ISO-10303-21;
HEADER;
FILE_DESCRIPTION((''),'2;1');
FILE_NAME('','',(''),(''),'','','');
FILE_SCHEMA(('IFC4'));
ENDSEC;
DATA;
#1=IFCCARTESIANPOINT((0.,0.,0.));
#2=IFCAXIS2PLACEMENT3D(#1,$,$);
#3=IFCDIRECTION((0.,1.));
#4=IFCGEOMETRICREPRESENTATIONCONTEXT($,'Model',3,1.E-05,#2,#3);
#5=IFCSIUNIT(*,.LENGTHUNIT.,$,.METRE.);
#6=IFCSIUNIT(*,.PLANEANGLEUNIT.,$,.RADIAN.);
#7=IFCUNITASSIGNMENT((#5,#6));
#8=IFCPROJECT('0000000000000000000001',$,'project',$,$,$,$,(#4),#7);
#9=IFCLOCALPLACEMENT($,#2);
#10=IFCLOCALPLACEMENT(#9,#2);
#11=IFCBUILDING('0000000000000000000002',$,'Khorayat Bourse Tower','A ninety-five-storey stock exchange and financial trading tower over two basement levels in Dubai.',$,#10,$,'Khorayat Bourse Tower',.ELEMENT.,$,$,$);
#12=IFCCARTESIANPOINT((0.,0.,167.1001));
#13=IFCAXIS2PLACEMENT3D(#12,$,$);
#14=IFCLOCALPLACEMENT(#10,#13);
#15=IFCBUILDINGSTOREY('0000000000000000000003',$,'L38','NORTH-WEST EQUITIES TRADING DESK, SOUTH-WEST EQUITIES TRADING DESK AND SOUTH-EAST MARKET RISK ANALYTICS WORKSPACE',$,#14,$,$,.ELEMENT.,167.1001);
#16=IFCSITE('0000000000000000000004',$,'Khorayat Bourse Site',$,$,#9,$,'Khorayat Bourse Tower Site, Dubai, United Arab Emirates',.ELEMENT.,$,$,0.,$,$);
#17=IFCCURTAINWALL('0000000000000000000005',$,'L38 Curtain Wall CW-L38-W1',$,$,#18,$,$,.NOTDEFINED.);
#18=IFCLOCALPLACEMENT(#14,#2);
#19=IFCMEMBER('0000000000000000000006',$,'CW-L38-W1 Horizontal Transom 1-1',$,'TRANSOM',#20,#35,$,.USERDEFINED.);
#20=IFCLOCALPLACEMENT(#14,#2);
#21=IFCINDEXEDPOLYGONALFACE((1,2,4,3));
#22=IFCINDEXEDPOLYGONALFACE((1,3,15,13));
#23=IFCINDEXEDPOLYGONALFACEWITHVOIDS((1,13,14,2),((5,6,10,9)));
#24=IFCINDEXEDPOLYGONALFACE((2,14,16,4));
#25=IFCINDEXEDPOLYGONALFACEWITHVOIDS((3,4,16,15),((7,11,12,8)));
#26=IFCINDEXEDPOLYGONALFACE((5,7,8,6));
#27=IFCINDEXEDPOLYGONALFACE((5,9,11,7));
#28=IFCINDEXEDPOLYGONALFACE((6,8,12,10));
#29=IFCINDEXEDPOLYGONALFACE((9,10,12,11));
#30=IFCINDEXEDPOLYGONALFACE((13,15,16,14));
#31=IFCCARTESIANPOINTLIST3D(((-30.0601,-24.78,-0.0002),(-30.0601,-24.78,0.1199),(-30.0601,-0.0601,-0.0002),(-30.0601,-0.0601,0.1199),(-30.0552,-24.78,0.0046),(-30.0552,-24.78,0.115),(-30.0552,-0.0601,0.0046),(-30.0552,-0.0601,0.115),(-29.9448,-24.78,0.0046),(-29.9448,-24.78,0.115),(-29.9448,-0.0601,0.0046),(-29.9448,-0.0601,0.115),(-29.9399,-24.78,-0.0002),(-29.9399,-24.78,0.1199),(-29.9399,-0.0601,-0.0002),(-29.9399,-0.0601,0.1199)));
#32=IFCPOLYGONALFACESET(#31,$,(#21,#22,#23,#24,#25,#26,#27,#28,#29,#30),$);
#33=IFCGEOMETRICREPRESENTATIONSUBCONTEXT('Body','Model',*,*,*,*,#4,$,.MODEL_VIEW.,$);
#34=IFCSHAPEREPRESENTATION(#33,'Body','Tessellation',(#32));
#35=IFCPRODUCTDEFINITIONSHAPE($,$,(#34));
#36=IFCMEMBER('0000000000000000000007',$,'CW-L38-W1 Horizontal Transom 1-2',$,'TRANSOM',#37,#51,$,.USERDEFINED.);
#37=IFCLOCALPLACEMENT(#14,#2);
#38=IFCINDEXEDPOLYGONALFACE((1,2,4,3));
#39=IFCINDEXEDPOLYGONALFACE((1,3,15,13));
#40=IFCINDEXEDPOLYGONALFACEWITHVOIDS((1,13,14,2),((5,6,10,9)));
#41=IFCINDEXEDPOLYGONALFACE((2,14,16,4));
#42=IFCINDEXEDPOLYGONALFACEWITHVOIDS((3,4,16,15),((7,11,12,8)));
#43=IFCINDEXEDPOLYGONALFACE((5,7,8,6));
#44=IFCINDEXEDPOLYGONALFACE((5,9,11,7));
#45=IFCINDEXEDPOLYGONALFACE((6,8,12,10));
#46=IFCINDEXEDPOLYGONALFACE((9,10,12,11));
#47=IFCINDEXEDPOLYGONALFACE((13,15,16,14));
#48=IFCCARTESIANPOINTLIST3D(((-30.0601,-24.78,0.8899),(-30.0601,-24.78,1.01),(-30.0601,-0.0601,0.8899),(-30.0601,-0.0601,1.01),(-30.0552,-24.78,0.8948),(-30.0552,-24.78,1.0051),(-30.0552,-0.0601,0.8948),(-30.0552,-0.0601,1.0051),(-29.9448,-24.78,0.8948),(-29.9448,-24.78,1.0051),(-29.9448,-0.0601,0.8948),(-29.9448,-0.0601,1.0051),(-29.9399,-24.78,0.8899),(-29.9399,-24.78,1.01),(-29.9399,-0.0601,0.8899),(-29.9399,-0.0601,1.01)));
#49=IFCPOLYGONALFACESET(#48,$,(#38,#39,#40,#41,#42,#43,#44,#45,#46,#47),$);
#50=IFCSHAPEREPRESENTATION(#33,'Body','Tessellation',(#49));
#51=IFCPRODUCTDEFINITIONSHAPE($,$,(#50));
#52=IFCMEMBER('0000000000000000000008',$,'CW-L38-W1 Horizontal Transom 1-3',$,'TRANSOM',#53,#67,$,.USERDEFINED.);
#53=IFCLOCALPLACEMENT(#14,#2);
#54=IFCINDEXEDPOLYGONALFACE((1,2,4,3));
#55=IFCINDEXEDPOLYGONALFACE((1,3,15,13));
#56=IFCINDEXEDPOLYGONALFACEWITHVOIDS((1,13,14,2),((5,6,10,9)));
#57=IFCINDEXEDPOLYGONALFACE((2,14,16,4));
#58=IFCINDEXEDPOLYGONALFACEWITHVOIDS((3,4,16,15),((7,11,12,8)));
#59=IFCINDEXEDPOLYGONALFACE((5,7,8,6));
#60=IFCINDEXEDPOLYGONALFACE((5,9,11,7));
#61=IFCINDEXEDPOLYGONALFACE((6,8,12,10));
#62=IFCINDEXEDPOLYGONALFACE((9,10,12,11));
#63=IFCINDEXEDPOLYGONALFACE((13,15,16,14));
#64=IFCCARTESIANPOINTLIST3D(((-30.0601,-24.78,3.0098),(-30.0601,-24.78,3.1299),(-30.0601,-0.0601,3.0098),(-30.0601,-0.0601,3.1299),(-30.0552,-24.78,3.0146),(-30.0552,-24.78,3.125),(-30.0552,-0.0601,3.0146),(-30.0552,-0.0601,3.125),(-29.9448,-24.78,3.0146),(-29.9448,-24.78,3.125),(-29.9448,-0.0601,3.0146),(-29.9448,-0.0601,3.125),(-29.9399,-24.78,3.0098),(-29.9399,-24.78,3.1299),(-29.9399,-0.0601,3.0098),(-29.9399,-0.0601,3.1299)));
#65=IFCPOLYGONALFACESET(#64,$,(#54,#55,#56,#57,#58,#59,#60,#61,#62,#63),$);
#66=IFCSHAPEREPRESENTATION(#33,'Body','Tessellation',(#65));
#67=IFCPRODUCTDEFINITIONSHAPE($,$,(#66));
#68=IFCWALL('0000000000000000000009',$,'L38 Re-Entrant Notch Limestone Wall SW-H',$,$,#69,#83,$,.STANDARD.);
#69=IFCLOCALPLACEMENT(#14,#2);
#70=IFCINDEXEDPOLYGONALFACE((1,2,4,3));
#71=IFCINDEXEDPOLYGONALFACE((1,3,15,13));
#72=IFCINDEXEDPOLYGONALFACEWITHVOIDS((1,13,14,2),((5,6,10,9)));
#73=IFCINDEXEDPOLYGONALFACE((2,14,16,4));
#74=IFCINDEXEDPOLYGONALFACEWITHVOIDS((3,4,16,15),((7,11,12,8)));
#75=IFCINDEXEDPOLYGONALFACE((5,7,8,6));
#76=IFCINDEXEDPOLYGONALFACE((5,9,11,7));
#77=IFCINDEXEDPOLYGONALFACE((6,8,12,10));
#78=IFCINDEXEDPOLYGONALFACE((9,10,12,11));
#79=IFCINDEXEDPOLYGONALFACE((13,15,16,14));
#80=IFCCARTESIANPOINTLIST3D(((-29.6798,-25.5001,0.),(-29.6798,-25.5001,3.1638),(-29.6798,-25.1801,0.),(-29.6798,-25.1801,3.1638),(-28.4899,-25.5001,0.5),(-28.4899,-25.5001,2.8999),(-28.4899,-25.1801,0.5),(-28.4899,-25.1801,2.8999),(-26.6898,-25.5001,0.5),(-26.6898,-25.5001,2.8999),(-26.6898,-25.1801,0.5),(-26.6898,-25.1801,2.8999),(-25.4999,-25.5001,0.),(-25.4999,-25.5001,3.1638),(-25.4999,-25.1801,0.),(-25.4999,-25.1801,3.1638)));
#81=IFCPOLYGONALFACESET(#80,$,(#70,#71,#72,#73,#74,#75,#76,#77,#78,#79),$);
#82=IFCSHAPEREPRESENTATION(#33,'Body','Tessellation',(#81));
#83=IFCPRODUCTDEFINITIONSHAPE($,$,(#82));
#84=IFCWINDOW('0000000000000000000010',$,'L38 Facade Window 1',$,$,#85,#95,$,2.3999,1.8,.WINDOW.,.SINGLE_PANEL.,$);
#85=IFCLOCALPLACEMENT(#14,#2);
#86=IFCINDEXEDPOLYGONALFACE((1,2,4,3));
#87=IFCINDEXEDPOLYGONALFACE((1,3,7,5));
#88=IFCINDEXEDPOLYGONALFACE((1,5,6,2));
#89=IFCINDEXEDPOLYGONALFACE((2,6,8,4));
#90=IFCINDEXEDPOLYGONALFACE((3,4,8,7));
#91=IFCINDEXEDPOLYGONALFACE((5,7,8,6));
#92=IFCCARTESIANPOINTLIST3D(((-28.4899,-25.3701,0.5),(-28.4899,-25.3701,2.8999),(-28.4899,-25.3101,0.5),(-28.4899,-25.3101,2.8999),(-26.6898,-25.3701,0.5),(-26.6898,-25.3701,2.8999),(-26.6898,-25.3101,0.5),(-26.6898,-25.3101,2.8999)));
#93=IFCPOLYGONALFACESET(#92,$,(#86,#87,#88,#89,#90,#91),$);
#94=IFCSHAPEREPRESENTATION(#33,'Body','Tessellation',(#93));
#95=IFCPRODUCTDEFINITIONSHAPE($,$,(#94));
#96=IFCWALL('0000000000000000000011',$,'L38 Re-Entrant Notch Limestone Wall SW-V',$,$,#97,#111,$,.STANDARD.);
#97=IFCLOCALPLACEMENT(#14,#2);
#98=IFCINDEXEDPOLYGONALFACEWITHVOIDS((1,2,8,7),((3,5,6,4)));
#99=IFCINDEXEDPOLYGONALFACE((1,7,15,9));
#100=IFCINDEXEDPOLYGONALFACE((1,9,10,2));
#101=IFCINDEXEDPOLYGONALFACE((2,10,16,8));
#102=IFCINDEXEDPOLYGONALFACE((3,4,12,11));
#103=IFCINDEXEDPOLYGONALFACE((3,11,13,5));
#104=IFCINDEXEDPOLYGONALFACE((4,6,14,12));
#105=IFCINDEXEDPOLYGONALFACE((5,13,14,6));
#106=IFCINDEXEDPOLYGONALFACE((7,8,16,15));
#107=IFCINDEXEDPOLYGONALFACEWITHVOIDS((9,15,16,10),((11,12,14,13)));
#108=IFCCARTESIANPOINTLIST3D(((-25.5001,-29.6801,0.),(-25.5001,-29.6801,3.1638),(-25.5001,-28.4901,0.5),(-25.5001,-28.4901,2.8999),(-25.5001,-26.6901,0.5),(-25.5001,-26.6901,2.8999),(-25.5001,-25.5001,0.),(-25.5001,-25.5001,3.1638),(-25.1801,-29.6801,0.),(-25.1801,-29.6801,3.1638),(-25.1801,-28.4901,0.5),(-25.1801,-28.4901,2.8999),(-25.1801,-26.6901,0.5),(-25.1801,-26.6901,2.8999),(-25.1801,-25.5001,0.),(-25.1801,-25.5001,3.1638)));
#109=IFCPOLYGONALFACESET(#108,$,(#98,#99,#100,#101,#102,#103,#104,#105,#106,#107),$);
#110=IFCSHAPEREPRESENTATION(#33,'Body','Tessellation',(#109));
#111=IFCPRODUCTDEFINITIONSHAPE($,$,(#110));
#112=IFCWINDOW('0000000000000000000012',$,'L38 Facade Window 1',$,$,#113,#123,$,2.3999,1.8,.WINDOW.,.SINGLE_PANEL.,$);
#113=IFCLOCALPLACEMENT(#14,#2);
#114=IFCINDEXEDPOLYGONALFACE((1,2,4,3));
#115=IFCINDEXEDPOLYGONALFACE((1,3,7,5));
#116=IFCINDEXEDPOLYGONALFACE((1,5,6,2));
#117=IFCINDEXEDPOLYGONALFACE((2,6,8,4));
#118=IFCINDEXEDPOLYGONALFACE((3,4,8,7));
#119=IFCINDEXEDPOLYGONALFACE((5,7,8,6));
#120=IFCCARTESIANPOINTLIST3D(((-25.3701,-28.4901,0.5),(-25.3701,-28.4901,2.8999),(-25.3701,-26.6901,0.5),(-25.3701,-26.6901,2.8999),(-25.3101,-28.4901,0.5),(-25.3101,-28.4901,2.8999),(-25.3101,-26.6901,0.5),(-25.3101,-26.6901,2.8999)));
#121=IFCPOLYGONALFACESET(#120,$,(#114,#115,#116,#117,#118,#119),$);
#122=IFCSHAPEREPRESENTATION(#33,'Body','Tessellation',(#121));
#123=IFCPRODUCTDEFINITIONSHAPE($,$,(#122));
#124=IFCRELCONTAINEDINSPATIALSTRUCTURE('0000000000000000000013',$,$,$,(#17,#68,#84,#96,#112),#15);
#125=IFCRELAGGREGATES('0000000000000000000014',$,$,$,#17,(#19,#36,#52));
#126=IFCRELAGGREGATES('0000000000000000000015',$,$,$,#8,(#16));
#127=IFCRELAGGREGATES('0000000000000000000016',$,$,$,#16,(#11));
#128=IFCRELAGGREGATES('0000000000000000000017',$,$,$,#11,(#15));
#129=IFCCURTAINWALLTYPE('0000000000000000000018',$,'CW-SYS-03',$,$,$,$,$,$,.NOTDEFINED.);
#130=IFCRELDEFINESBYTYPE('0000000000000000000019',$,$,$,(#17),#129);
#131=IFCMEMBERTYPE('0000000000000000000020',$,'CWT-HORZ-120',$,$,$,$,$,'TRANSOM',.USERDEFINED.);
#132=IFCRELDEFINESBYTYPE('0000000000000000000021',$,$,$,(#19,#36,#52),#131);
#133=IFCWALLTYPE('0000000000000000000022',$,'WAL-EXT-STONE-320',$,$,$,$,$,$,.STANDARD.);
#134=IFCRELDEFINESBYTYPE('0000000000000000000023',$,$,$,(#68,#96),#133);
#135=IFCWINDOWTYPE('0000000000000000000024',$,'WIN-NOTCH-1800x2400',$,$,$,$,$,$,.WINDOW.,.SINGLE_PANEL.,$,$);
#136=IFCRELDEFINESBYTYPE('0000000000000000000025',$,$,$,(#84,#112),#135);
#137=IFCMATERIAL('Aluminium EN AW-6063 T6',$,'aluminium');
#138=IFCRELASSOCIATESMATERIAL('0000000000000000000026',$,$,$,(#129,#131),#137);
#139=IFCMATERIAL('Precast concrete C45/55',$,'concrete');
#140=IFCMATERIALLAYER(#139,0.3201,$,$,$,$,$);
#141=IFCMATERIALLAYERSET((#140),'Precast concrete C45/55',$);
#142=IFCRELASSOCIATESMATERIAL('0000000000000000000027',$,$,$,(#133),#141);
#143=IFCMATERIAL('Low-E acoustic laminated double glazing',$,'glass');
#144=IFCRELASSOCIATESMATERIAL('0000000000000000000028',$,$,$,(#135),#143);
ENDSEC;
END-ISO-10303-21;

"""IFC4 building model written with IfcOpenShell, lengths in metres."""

from ifc_helpers import new_model, si_unit, direction, frame, frame_2d, origin, origin_2d, place, context, subcontext, project, spatial, rectangle, hollow_rectangle, extrude, source, transform, mapped, material, layer, layer_set, material_profile, profile_set, type_object, element, fill, aggregate, save


model = new_model("IFC4")

# Units and contexts
model_context = context("Model", 3, precision=1e-05, world=origin(), true_north=direction((0.0, 1.0)))
body_context = subcontext(model_context, "Body", "Model", "MODEL_VIEW")
ifc_project = project(units=[si_unit("LENGTHUNIT", "METRE"), si_unit("PLANEANGLEUNIT", "RADIAN")], contexts=[model_context])

# Site, building, storey
site_placement = place(None, origin())
site = spatial("IfcSite", under=ifc_project, at=site_placement, Name="Khorayat Bourse Site", LongName="Khorayat Bourse Tower Site, Dubai, United Arab Emirates", CompositionType="ELEMENT", RefElevation=0.0)
building_placement = place(site_placement, origin())
building = spatial("IfcBuilding", under=site, at=building_placement, Name="Khorayat Bourse Tower", Description="A ninety-five-storey stock exchange and financial trading tower over two basement levels in Dubai.", LongName="Khorayat Bourse Tower", CompositionType="ELEMENT")
storey_placement = place(building_placement, frame((0.0, 0.0, 167.1001)))
storey = spatial("IfcBuildingStorey", under=building, at=storey_placement, Name="L38", Description="NORTH-WEST EQUITIES TRADING DESK, SOUTH-WEST EQUITIES TRADING DESK AND SOUTH-EAST MARKET RISK ANALYTICS WORKSPACE", CompositionType="ELEMENT", Elevation=167.1001)

# Curtain wall
ifc_material_1 = material(Name="Aluminium EN AW-6063 T6", Category="aluminium")
curtain_wall_type = type_object("IfcCurtainWallType", Name="CW-SYS-03", PredefinedType="NOTDEFINED", material=ifc_material_1)
curtain_wall_1_placement = place(storey_placement, origin())
curtain_wall_1 = element("IfcCurtainWall", 1, at=curtain_wall_1_placement, inside=storey, type_object=curtain_wall_type, Name="L38 Curtain Wall CW-L38-W1", PredefinedType="NOTDEFINED")

# Members
ifc_material_profile_1 = material_profile(ifc_material_1, hollow_rectangle(XDim=0.1201, YDim=0.1201, WallThickness=0.0049, at=origin_2d()), Name="ALU 120x120x5")
ifc_profile_set_1 = profile_set([ifc_material_profile_1], Name="Aluminium EN AW-6063 T6")
member_type_1 = type_object("IfcMemberType", Name="CWT-HORZ-120", ElementType="TRANSOM", PredefinedType="USERDEFINED", material=ifc_profile_set_1)
shared_shape_1 = source(origin(), body_context, "Body", "SweptSolid", [
    extrude(hollow_rectangle(XDim=0.1201, YDim=0.1201, WallThickness=0.0049, at=origin_2d()), origin(), (0.0, 0.0, 1.0), 24.72),
])
member_1_placement = place(storey_placement, frame((-30.0, -24.78, 0.0598), z_axis=(0.0, 1.0, 0.0), x_axis=(-1.0, 0.0, 0.0)))
member_1 = element("IfcMember", 2, at=member_1_placement, type_object=member_type_1, Name="CW-L38-W1 Horizontal Transom 1-1", ObjectType="TRANSOM", PredefinedType="USERDEFINED", context=body_context, shape_type="MappedRepresentation", body=[
    mapped(shared_shape_1, transform((0.0, 0.0, 0.0), scale=1.0)),
])
member_2_placement = place(storey_placement, frame((-30.0, -24.78, 0.95), z_axis=(0.0, 1.0, 0.0), x_axis=(-1.0, 0.0, 0.0)))
member_2 = element("IfcMember", 3, at=member_2_placement, type_object=member_type_1, Name="CW-L38-W1 Horizontal Transom 1-2", ObjectType="TRANSOM", PredefinedType="USERDEFINED", context=body_context, shape_type="MappedRepresentation", body=[
    mapped(shared_shape_1, transform((0.0, 0.0, 0.0), scale=1.0)),
])
member_3_placement = place(storey_placement, frame((-30.0, -24.78, 3.0698), z_axis=(0.0, 1.0, 0.0), x_axis=(-1.0, 0.0, 0.0)))
member_3 = element("IfcMember", 4, at=member_3_placement, type_object=member_type_1, Name="CW-L38-W1 Horizontal Transom 1-3", ObjectType="TRANSOM", PredefinedType="USERDEFINED", context=body_context, shape_type="MappedRepresentation", body=[
    mapped(shared_shape_1, transform((0.0, 0.0, 0.0), scale=1.0)),
])
aggregate(curtain_wall_1, [member_1, member_2, member_3])

# Walls, openings, windows
ifc_material_2 = material(Name="Precast concrete C45/55", Category="concrete")
ifc_layer = layer(ifc_material_2, 0.3201)
ifc_layer_set = layer_set([ifc_layer], Name="Precast concrete C45/55")
wall_type = type_object("IfcWallType", Name="WAL-EXT-STONE-320", PredefinedType="STANDARD", material=ifc_layer_set)
shared_shape_2 = source(origin(), body_context, "Body", "SweptSolid", [
    extrude(rectangle(XDim=4.1799, YDim=0.3201, at=frame_2d((2.0898, 0.0))), origin(), (0.0, 0.0, 1.0), 3.1638),
])
wall_1_placement = place(storey_placement, frame((-25.5, -25.3401, 0.0), z_axis=(0.0, 0.0, 1.0), x_axis=(-1.0, 0.0, 0.0)))
wall_1 = element("IfcWall", 5, at=wall_1_placement, inside=storey, type_object=wall_type, Name="L38 Re-Entrant Notch Limestone Wall SW-H", PredefinedType="STANDARD", context=body_context, shape_type="MappedRepresentation", body=[
    mapped(shared_shape_2, transform((0.0, 0.0, 0.0), scale=1.0)),
])
shared_shape_3 = source(origin(), body_context, "Body", "SweptSolid", [
    extrude(rectangle(XDim=1.8, YDim=2.3999, at=frame_2d((0.8999, 1.2))), frame((0.0, 0.1699, 0.0), z_axis=(0.0, -1.0, 0.0), x_axis=(1.0, 0.0, 0.0)), (0.0, 0.0, 1.0), 0.3401),
])
opening_1_placement = place(wall_1_placement, frame((1.1899, 0.0, 0.5)))
opening_1 = element("IfcOpeningElement", 6, at=opening_1_placement, cuts=wall_1, PredefinedType="OPENING", context=body_context, shape_type="MappedRepresentation", body=[
    mapped(shared_shape_3, transform((0.0, 0.0, 0.0), scale=1.0)),
])
ifc_material_3 = material(Name="Low-E acoustic laminated double glazing", Category="glass")
window_type = type_object("IfcWindowType", Name="WIN-NOTCH-1800x2400", PartitioningType="SINGLE_PANEL", PredefinedType="WINDOW", material=ifc_material_3)
shared_shape_4 = source(origin(), body_context, "Body", "SweptSolid", [
    extrude(rectangle(XDim=1.8, YDim=2.3999, at=frame_2d((0.8999, 1.2))), frame((0.0, 0.03, 0.0), z_axis=(0.0, -1.0, 0.0), x_axis=(1.0, 0.0, 0.0)), (0.0, 0.0, 1.0), 0.0601),
])
window_1_placement = place(opening_1_placement, origin())
window_1 = element("IfcWindow", 7, at=window_1_placement, inside=storey, type_object=window_type, Name="L38 Facade Window 1", OverallHeight=2.3999, OverallWidth=1.8, PartitioningType="SINGLE_PANEL", PredefinedType="WINDOW", context=body_context, shape_type="MappedRepresentation", body=[
    mapped(shared_shape_4, transform((0.0, 0.0, 0.0), scale=1.0)),
])
fill(opening_1, window_1)
wall_2_placement = place(storey_placement, frame((-25.3401, -29.6799, 0.0), z_axis=(0.0, 0.0, 1.0), x_axis=(0.0, 1.0, 0.0)))
wall_2 = element("IfcWall", 8, at=wall_2_placement, inside=storey, type_object=wall_type, Name="L38 Re-Entrant Notch Limestone Wall SW-V", PredefinedType="STANDARD", context=body_context, shape_type="MappedRepresentation", body=[
    mapped(shared_shape_2, transform((0.0, 0.0, 0.0), scale=1.0)),
])
opening_2_placement = place(wall_2_placement, frame((1.1899, 0.0, 0.5)))
opening_2 = element("IfcOpeningElement", 9, at=opening_2_placement, cuts=wall_2, PredefinedType="OPENING", context=body_context, shape_type="MappedRepresentation", body=[
    mapped(shared_shape_3, transform((0.0, 0.0, 0.0), scale=1.0)),
])
window_2_placement = place(opening_2_placement, origin())
window_2 = element("IfcWindow", 10, at=window_2_placement, inside=storey, type_object=window_type, Name="L38 Facade Window 1", OverallHeight=2.3999, OverallWidth=1.8, PartitioningType="SINGLE_PANEL", PredefinedType="WINDOW", context=body_context, shape_type="MappedRepresentation", body=[
    mapped(shared_shape_4, transform((0.0, 0.0, 0.0), scale=1.0)),
])
fill(opening_2, window_2)

save(model, "model.ifc")
